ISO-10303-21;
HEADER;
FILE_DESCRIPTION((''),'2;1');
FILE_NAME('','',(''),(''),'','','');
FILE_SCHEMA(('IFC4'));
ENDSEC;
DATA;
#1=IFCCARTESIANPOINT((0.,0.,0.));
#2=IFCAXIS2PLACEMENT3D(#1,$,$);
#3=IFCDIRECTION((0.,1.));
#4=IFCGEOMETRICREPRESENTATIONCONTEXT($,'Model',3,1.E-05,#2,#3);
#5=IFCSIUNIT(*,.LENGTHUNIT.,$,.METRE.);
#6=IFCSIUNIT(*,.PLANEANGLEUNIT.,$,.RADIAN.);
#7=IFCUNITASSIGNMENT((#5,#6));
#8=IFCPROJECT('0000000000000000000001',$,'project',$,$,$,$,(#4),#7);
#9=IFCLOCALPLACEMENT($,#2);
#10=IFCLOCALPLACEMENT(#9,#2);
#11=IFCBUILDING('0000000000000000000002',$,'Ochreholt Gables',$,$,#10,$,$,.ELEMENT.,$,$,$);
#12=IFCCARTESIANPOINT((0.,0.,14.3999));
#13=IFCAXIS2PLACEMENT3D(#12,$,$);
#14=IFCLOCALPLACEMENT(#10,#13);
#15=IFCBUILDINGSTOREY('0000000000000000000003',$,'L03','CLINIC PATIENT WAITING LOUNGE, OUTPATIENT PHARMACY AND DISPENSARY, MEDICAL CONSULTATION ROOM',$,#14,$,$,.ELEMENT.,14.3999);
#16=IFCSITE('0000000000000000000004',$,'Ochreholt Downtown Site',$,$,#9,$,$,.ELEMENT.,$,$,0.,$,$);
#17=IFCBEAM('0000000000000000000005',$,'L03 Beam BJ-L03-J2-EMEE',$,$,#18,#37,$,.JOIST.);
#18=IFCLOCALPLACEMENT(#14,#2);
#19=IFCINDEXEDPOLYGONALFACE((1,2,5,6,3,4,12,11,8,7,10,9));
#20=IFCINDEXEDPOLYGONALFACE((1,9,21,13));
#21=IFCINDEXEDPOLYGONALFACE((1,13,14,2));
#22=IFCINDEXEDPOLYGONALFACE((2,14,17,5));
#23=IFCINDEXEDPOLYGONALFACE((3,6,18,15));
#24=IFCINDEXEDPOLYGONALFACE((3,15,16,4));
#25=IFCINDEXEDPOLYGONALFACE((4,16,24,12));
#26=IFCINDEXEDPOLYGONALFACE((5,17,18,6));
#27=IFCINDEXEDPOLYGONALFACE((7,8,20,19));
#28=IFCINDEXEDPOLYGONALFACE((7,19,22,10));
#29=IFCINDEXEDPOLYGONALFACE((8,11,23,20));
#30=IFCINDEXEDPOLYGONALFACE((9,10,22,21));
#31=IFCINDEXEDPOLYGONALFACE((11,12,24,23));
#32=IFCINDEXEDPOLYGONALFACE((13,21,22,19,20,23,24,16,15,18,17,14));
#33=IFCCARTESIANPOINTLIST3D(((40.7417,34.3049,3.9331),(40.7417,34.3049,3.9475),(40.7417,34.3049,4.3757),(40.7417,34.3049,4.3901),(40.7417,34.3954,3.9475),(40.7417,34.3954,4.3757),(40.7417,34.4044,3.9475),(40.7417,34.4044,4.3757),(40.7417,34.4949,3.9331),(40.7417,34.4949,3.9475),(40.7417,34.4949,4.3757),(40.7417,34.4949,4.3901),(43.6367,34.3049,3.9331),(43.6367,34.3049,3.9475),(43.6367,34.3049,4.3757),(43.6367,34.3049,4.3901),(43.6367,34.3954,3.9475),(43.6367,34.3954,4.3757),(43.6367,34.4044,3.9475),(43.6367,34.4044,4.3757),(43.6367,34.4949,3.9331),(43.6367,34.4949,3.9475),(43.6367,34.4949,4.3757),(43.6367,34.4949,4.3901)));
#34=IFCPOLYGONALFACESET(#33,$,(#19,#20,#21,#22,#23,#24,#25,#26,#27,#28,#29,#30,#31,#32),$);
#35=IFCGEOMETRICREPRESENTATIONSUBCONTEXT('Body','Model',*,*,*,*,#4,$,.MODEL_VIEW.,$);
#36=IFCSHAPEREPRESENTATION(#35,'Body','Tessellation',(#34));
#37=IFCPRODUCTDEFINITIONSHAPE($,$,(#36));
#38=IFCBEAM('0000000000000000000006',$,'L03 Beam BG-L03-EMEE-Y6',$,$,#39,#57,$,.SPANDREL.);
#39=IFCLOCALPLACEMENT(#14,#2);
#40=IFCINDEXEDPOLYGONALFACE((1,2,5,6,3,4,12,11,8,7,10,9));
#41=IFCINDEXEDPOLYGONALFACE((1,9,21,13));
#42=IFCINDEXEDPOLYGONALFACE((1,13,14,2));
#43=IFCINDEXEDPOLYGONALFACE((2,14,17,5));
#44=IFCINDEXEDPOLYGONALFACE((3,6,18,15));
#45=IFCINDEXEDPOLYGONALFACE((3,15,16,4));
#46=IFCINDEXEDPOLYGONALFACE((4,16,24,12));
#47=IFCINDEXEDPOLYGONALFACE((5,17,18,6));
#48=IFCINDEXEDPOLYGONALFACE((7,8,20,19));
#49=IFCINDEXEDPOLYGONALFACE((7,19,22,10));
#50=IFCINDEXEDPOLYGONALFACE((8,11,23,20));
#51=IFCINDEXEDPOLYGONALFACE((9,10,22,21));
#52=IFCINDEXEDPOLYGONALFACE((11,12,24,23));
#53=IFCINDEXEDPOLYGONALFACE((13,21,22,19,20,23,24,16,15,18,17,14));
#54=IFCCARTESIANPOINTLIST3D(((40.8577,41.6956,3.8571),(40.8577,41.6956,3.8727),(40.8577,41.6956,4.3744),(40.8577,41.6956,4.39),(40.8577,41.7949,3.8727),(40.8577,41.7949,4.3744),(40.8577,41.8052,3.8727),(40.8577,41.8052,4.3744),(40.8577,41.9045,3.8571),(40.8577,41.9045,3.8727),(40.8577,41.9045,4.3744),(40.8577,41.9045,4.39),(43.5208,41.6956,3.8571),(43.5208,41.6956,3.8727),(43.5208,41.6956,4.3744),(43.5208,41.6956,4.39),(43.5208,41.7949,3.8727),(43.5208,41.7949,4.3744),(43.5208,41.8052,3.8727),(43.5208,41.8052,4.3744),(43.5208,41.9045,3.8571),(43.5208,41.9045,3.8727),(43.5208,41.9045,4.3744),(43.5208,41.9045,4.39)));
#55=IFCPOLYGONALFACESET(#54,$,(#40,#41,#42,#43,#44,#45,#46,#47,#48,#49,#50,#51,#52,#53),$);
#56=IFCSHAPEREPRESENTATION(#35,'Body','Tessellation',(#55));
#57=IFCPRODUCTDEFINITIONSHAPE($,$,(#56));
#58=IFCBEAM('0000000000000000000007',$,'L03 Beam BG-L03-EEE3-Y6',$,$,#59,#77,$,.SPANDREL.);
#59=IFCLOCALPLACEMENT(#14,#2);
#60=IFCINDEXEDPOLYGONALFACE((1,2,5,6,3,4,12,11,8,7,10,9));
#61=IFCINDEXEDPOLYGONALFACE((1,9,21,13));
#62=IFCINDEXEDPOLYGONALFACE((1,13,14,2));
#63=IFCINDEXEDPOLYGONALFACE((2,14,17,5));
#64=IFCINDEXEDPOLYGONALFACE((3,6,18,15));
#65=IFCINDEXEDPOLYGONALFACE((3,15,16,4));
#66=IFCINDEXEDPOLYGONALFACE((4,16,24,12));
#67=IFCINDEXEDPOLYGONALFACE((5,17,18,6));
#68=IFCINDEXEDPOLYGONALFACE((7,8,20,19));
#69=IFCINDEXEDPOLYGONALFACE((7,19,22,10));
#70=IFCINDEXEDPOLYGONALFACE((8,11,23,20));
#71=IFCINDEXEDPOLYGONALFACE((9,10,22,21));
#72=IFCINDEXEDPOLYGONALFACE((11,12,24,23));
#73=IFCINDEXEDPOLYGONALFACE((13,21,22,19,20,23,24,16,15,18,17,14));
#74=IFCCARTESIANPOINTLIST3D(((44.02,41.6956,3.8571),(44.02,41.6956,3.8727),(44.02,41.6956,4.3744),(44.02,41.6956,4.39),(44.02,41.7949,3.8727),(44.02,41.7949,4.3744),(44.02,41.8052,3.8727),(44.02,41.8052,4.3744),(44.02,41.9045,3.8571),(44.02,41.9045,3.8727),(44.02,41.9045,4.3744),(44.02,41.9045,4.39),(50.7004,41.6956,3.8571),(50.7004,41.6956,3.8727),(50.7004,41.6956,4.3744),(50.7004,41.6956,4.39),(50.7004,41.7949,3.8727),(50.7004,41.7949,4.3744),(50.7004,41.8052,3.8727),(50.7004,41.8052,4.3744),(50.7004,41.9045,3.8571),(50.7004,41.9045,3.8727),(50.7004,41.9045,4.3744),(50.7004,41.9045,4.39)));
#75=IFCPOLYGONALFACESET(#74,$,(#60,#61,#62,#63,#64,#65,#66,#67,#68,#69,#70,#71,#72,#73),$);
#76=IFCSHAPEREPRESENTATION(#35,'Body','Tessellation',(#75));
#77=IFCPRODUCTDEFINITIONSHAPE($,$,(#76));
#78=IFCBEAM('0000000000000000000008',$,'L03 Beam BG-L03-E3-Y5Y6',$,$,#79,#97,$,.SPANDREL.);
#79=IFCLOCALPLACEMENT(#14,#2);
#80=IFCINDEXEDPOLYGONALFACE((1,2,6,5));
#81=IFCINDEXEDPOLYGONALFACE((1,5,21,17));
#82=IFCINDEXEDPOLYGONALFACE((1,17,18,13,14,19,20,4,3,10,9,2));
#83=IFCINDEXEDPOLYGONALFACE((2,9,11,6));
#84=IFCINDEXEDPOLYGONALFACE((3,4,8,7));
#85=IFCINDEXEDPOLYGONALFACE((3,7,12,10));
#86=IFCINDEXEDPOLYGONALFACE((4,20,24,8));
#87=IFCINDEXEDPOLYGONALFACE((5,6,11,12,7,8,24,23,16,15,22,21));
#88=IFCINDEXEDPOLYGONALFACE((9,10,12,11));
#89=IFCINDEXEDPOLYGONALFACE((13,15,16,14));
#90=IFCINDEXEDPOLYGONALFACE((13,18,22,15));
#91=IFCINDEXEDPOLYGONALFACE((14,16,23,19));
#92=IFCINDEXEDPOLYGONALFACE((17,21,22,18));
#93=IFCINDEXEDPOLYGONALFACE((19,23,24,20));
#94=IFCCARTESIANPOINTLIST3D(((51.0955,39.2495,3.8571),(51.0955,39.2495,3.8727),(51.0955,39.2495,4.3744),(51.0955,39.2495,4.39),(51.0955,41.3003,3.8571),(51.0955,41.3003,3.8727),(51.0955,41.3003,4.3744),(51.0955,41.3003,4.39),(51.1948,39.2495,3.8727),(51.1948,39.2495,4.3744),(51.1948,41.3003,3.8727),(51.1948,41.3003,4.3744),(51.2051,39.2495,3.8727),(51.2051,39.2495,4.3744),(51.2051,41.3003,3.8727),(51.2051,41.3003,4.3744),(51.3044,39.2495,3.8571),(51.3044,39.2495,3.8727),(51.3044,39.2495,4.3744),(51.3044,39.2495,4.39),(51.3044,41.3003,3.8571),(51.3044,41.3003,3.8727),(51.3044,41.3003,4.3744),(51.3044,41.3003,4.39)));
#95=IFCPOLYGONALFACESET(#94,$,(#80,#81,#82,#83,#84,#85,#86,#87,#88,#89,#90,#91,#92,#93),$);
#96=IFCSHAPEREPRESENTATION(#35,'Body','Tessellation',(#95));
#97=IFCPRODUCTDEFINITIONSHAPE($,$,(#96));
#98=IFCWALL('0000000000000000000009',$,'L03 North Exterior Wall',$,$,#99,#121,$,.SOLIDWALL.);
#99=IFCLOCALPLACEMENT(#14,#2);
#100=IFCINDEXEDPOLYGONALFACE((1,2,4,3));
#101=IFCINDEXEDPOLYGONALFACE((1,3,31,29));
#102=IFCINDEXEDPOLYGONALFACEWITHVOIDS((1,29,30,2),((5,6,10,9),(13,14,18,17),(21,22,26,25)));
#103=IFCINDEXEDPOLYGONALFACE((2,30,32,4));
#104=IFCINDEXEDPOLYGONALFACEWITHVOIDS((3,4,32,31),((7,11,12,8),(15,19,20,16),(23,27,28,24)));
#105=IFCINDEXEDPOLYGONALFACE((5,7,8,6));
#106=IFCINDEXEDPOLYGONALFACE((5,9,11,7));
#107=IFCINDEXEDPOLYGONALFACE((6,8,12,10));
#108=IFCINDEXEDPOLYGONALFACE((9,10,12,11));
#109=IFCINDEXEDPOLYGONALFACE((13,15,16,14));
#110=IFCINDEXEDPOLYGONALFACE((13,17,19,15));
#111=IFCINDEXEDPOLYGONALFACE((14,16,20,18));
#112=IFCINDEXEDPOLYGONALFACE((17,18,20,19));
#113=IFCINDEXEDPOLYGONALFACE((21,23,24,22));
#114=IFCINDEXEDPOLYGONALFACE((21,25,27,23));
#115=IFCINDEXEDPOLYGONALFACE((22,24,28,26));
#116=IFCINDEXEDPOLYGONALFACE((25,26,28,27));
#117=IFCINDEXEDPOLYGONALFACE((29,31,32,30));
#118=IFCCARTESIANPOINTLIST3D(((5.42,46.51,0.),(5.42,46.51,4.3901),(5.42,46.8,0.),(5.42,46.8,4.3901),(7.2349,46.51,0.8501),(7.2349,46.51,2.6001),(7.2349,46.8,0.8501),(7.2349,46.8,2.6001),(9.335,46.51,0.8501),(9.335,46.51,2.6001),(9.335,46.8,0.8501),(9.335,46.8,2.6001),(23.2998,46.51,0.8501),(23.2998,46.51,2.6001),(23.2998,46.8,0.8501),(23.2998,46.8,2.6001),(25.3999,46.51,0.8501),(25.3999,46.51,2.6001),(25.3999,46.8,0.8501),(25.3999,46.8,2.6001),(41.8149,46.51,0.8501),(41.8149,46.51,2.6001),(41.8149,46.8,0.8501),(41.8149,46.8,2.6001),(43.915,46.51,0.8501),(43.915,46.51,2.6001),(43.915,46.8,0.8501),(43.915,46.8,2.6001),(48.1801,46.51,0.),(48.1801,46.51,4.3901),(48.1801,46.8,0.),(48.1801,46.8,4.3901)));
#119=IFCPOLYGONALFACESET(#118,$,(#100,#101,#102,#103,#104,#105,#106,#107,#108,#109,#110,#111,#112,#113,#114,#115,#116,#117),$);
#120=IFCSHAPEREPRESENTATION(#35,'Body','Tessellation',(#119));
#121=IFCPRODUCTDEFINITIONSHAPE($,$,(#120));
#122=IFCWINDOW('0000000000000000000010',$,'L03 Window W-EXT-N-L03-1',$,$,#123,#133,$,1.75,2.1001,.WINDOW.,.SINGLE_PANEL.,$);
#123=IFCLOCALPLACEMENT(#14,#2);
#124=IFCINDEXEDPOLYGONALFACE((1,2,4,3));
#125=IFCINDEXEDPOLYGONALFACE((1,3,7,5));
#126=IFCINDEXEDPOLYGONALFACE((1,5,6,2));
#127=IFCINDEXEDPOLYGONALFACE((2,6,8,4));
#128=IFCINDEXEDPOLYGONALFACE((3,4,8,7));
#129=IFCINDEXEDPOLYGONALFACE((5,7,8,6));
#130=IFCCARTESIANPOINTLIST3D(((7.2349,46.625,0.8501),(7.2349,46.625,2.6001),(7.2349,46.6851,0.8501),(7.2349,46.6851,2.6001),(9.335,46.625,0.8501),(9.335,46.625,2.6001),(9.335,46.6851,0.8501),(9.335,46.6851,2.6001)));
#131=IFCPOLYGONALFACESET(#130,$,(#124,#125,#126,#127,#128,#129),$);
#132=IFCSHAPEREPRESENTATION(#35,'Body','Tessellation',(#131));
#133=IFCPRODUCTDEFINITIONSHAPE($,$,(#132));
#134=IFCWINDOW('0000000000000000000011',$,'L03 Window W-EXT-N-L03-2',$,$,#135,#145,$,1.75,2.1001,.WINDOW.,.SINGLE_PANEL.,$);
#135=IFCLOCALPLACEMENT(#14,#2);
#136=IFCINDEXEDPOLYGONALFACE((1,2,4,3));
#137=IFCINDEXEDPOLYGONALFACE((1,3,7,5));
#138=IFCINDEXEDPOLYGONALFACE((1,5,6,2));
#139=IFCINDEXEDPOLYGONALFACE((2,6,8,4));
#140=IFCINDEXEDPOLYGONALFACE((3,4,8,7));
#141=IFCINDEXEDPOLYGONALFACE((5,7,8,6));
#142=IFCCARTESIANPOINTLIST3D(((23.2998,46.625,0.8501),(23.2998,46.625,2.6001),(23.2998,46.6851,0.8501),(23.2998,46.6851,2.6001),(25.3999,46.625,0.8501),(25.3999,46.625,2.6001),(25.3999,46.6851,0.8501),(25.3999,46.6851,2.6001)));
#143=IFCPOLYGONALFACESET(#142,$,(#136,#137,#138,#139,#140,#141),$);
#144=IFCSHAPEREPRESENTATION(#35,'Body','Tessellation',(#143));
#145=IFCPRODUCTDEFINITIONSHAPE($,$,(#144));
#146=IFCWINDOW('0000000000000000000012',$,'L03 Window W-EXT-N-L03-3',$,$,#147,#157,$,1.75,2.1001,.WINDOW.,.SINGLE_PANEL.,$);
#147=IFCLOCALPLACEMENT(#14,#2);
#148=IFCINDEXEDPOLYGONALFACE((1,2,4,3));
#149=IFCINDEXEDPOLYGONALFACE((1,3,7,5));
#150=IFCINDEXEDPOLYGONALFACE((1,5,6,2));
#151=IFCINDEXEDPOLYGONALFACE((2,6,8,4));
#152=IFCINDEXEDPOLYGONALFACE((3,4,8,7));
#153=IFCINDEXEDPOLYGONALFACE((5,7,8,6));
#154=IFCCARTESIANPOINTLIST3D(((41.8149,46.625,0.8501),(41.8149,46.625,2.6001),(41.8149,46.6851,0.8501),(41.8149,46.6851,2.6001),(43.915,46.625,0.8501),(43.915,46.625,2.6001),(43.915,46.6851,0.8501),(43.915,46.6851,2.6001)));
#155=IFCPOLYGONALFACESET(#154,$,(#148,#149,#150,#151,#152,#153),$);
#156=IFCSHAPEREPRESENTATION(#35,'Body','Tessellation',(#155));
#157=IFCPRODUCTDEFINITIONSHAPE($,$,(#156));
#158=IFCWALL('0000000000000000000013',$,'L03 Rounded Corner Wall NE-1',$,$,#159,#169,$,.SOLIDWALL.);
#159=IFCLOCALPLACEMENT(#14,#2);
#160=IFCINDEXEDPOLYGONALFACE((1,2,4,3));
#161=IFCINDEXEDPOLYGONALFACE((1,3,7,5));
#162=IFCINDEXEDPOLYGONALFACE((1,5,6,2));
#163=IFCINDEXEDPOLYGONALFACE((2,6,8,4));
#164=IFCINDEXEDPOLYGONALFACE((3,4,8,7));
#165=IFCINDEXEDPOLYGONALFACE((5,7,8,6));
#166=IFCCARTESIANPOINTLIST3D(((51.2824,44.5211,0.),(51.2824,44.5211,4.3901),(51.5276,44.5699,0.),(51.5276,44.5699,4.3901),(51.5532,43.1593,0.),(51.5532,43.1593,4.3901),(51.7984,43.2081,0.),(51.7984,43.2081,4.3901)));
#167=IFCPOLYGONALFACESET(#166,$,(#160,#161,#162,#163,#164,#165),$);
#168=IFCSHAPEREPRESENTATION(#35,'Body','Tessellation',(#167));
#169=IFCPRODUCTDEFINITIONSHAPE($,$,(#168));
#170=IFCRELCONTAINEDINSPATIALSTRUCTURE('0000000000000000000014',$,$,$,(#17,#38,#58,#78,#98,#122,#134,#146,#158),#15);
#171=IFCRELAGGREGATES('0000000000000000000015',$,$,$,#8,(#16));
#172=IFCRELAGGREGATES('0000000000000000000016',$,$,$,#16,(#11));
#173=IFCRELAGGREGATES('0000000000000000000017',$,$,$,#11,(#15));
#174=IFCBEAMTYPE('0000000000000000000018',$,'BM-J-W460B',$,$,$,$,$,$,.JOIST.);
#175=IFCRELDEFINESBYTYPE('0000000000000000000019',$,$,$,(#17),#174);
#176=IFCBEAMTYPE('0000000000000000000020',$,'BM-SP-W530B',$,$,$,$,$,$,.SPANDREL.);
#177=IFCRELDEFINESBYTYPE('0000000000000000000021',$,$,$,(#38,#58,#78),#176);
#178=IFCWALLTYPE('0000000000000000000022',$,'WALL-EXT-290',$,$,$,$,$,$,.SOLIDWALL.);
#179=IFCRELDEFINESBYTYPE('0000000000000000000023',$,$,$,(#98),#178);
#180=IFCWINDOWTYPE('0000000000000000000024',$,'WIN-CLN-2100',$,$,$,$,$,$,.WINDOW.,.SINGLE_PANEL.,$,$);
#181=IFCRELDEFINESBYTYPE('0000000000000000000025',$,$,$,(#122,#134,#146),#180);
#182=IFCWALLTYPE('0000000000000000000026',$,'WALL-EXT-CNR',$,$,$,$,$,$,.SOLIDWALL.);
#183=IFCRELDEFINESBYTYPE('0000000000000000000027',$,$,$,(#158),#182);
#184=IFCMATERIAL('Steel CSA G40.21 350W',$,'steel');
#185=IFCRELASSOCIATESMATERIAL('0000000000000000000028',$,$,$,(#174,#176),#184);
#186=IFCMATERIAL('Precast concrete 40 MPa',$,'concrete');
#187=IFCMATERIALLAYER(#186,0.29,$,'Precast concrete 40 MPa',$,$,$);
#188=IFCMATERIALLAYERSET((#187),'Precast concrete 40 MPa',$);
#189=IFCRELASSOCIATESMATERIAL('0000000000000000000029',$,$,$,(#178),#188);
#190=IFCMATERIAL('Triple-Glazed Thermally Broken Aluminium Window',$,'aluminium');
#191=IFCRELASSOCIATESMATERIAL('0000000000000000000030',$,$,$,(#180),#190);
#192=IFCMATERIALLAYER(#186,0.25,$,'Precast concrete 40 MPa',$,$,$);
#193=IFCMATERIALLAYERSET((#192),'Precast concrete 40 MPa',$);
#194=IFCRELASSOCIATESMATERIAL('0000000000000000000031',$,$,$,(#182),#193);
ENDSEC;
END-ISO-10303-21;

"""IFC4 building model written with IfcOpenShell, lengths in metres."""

from ifc_helpers import new_model, si_unit, direction, frame, frame_2d, origin, origin_2d, place, context, subcontext, project, spatial, rectangle, i_section, extrude, material, layer, layer_set, material_profile, profile_set, type_object, element, fill, save


model = new_model("IFC4")

# Units and contexts
model_context = context("Model", 3, precision=1e-05, world=origin(), true_north=direction((0.0, 1.0)))
body_context = subcontext(model_context, "Body", "Model", "MODEL_VIEW")
ifc_project = project(units=[si_unit("LENGTHUNIT", "METRE"), si_unit("PLANEANGLEUNIT", "RADIAN")], contexts=[model_context])

# Site, building, storey
site_placement = place(None, origin())
site = spatial("IfcSite", under=ifc_project, at=site_placement, Name="Ochreholt Downtown Site", CompositionType="ELEMENT", RefElevation=0.0)
building_placement = place(site_placement, origin())
building = spatial("IfcBuilding", under=site, at=building_placement, Name="Ochreholt Gables", CompositionType="ELEMENT")
storey_placement = place(building_placement, frame((0.0, 0.0, 14.3999)))
storey = spatial("IfcBuildingStorey", under=building, at=storey_placement, Name="L03", Description="CLINIC PATIENT WAITING LOUNGE, OUTPATIENT PHARMACY AND DISPENSARY, MEDICAL CONSULTATION ROOM", CompositionType="ELEMENT", Elevation=14.3999)

# Shared definitions
ifc_material_1 = material(Name="Steel CSA G40.21 350W", Category="steel")

# Beams
ifc_material_profile_1 = material_profile(ifc_material_1, i_section(OverallWidth=0.1899, OverallDepth=0.457, WebThickness=0.009, FlangeThickness=0.0144, at=origin_2d()), Name="W460X74")
ifc_profile_set_1 = profile_set([ifc_material_profile_1], Name="Steel CSA G40.21 350W")
beam_type_1 = type_object("IfcBeamType", Name="BM-J-W460B", PredefinedType="JOIST", material=ifc_profile_set_1)
beam_1_placement = place(storey_placement, frame((40.7417, 34.3999, 4.1616), z_axis=(1.0, 0.0, 0.0), x_axis=(0.0, 1.0, 0.0)))
element("IfcBeam", 1, at=beam_1_placement, inside=storey, type_object=beam_type_1, Name="L03 Beam BJ-L03-J2-EMEE", PredefinedType="JOIST", context=body_context, shape_type="SweptSolid", body=[
    extrude(i_section(OverallWidth=0.1899, OverallDepth=0.457, WebThickness=0.009, FlangeThickness=0.0144, at=origin_2d()), origin(), (0.0, 0.0, 1.0), 2.895),
])
ifc_material_profile_2 = material_profile(ifc_material_1, i_section(OverallWidth=0.209, OverallDepth=0.533, WebThickness=0.0103, FlangeThickness=0.0156, at=origin_2d()), Name="W530X92")
ifc_profile_set_2 = profile_set([ifc_material_profile_2], Name="Steel CSA G40.21 350W")
beam_type_2 = type_object("IfcBeamType", Name="BM-SP-W530B", PredefinedType="SPANDREL", material=ifc_profile_set_2)
beam_2_placement = place(storey_placement, frame((40.8577, 41.8, 4.1235), z_axis=(1.0, 0.0, 0.0), x_axis=(0.0, 1.0, 0.0)))
element("IfcBeam", 2, at=beam_2_placement, inside=storey, type_object=beam_type_2, Name="L03 Beam BG-L03-EMEE-Y6", PredefinedType="SPANDREL", context=body_context, shape_type="SweptSolid", body=[
    extrude(i_section(OverallWidth=0.209, OverallDepth=0.533, WebThickness=0.0103, FlangeThickness=0.0156, at=origin_2d()), origin(), (0.0, 0.0, 1.0), 2.6631),
])
beam_3_placement = place(storey_placement, frame((44.02, 41.8, 4.1235), z_axis=(1.0, 0.0, 0.0), x_axis=(0.0, 1.0, 0.0)))
element("IfcBeam", 3, at=beam_3_placement, inside=storey, type_object=beam_type_2, Name="L03 Beam BG-L03-EEE3-Y6", PredefinedType="SPANDREL", context=body_context, shape_type="SweptSolid", body=[
    extrude(i_section(OverallWidth=0.209, OverallDepth=0.533, WebThickness=0.0103, FlangeThickness=0.0156, at=origin_2d()), origin(), (0.0, 0.0, 1.0), 6.6804),
])
beam_4_placement = place(storey_placement, frame((51.2, 39.2495, 4.1235), z_axis=(0.0, 1.0, 0.0), x_axis=(-1.0, 0.0, 0.0)))
element("IfcBeam", 4, at=beam_4_placement, inside=storey, type_object=beam_type_2, Name="L03 Beam BG-L03-E3-Y5Y6", PredefinedType="SPANDREL", context=body_context, shape_type="SweptSolid", body=[
    extrude(i_section(OverallWidth=0.209, OverallDepth=0.533, WebThickness=0.0103, FlangeThickness=0.0156, at=origin_2d()), origin(), (0.0, 0.0, 1.0), 2.0508),
])

# Wall, openings, windows
ifc_material_2 = material(Name="Precast concrete 40 MPa", Category="concrete")
ifc_layer_1 = layer(ifc_material_2, 0.29, Name="Precast concrete 40 MPa")
ifc_layer_set_1 = layer_set([ifc_layer_1], Name="Precast concrete 40 MPa")
wall_type_1 = type_object("IfcWallType", Name="WALL-EXT-290", PredefinedType="SOLIDWALL", material=ifc_layer_set_1)
wall_1_placement = place(storey_placement, frame((48.1799, 46.655, 0.0), z_axis=(0.0, 0.0, 1.0), x_axis=(-1.0, 0.0, 0.0)))
wall_1 = element("IfcWall", 5, at=wall_1_placement, inside=storey, type_object=wall_type_1, Name="L03 North Exterior Wall", PredefinedType="SOLIDWALL", context=body_context, shape_type="SweptSolid", body=[
    extrude(rectangle(XDim=42.76, YDim=0.29, at=frame_2d((21.3799, 0.0))), origin(), (0.0, 0.0, 1.0), 4.3901),
])
opening_1_placement = place(wall_1_placement, frame((38.845, 0.0, 0.8501)))
opening_1 = element("IfcOpeningElement", 6, at=opening_1_placement, cuts=wall_1, PredefinedType="OPENING", context=body_context, shape_type="SweptSolid", body=[
    extrude(rectangle(XDim=2.1001, YDim=1.75, at=frame_2d((1.05, 0.875))), frame((0.0, 0.155, 0.0), z_axis=(0.0, -1.0, 0.0), x_axis=(1.0, 0.0, 0.0)), (0.0, 0.0, 1.0), 0.3101),
])
opening_2_placement = place(wall_1_placement, frame((22.78, 0.0, 0.8501)))
opening_2 = element("IfcOpeningElement", 7, at=opening_2_placement, cuts=wall_1, PredefinedType="OPENING", context=body_context, shape_type="SweptSolid", body=[
    extrude(rectangle(XDim=2.1001, YDim=1.75, at=frame_2d((1.05, 0.875))), frame((0.0, 0.155, 0.0), z_axis=(0.0, -1.0, 0.0), x_axis=(1.0, 0.0, 0.0)), (0.0, 0.0, 1.0), 0.3101),
])
opening_3_placement = place(wall_1_placement, frame((4.2649, 0.0, 0.8501)))
opening_3 = element("IfcOpeningElement", 8, at=opening_3_placement, cuts=wall_1, PredefinedType="OPENING", context=body_context, shape_type="SweptSolid", body=[
    extrude(rectangle(XDim=2.1001, YDim=1.75, at=frame_2d((1.05, 0.875))), frame((0.0, 0.155, 0.0), z_axis=(0.0, -1.0, 0.0), x_axis=(1.0, 0.0, 0.0)), (0.0, 0.0, 1.0), 0.3101),
])
ifc_material_3 = material(Name="Triple-Glazed Thermally Broken Aluminium Window", Category="aluminium")
window_type = type_object("IfcWindowType", Name="WIN-CLN-2100", PartitioningType="SINGLE_PANEL", PredefinedType="WINDOW", material=ifc_material_3)
window_1_placement = place(opening_1_placement, origin())
window_1 = element("IfcWindow", 9, at=window_1_placement, inside=storey, type_object=window_type, Name="L03 Window W-EXT-N-L03-1", OverallHeight=1.75, OverallWidth=2.1001, PartitioningType="SINGLE_PANEL", PredefinedType="WINDOW", context=body_context, shape_type="SweptSolid", body=[
    extrude(rectangle(XDim=2.1001, YDim=1.75, at=frame_2d((1.05, 0.875))), frame((0.0, 0.03, 0.0), z_axis=(0.0, -1.0, 0.0), x_axis=(1.0, 0.0, 0.0)), (0.0, 0.0, 1.0), 0.0601),
])
fill(opening_1, window_1)
window_2_placement = place(opening_2_placement, origin())
window_2 = element("IfcWindow", 10, at=window_2_placement, inside=storey, type_object=window_type, Name="L03 Window W-EXT-N-L03-2", OverallHeight=1.75, OverallWidth=2.1001, PartitioningType="SINGLE_PANEL", PredefinedType="WINDOW", context=body_context, shape_type="SweptSolid", body=[
    extrude(rectangle(XDim=2.1001, YDim=1.75, at=frame_2d((1.05, 0.875))), frame((0.0, 0.03, 0.0), z_axis=(0.0, -1.0, 0.0), x_axis=(1.0, 0.0, 0.0)), (0.0, 0.0, 1.0), 0.0601),
])
fill(opening_2, window_2)
window_3_placement = place(opening_3_placement, origin())
window_3 = element("IfcWindow", 11, at=window_3_placement, inside=storey, type_object=window_type, Name="L03 Window W-EXT-N-L03-3", OverallHeight=1.75, OverallWidth=2.1001, PartitioningType="SINGLE_PANEL", PredefinedType="WINDOW", context=body_context, shape_type="SweptSolid", body=[
    extrude(rectangle(XDim=2.1001, YDim=1.75, at=frame_2d((1.05, 0.875))), frame((0.0, 0.03, 0.0), z_axis=(0.0, -1.0, 0.0), x_axis=(1.0, 0.0, 0.0)), (0.0, 0.0, 1.0), 0.0601),
])
fill(opening_3, window_3)

# Wall
ifc_layer_2 = layer(ifc_material_2, 0.25, Name="Precast concrete 40 MPa")
ifc_layer_set_2 = layer_set([ifc_layer_2], Name="Precast concrete 40 MPa")
wall_type_2 = type_object("IfcWallType", Name="WALL-EXT-CNR", PredefinedType="SOLIDWALL", material=ifc_layer_set_2)
wall_2_placement = place(storey_placement, frame((51.6758, 43.1836, 0.0), z_axis=(0.0, 0.0, 1.0), x_axis=(-0.195, 0.980803, 0.0)))
element("IfcWall", 12, at=wall_2_placement, inside=storey, type_object=wall_type_2, Name="L03 Rounded Corner Wall NE-1", PredefinedType="SOLIDWALL", context=body_context, shape_type="SweptSolid", body=[
    extrude(rectangle(XDim=1.3884, YDim=0.25, at=frame_2d((0.6943, 0.0))), origin(), (0.0, 0.0, 1.0), 4.3901),
])

save(model, "model.ifc")
